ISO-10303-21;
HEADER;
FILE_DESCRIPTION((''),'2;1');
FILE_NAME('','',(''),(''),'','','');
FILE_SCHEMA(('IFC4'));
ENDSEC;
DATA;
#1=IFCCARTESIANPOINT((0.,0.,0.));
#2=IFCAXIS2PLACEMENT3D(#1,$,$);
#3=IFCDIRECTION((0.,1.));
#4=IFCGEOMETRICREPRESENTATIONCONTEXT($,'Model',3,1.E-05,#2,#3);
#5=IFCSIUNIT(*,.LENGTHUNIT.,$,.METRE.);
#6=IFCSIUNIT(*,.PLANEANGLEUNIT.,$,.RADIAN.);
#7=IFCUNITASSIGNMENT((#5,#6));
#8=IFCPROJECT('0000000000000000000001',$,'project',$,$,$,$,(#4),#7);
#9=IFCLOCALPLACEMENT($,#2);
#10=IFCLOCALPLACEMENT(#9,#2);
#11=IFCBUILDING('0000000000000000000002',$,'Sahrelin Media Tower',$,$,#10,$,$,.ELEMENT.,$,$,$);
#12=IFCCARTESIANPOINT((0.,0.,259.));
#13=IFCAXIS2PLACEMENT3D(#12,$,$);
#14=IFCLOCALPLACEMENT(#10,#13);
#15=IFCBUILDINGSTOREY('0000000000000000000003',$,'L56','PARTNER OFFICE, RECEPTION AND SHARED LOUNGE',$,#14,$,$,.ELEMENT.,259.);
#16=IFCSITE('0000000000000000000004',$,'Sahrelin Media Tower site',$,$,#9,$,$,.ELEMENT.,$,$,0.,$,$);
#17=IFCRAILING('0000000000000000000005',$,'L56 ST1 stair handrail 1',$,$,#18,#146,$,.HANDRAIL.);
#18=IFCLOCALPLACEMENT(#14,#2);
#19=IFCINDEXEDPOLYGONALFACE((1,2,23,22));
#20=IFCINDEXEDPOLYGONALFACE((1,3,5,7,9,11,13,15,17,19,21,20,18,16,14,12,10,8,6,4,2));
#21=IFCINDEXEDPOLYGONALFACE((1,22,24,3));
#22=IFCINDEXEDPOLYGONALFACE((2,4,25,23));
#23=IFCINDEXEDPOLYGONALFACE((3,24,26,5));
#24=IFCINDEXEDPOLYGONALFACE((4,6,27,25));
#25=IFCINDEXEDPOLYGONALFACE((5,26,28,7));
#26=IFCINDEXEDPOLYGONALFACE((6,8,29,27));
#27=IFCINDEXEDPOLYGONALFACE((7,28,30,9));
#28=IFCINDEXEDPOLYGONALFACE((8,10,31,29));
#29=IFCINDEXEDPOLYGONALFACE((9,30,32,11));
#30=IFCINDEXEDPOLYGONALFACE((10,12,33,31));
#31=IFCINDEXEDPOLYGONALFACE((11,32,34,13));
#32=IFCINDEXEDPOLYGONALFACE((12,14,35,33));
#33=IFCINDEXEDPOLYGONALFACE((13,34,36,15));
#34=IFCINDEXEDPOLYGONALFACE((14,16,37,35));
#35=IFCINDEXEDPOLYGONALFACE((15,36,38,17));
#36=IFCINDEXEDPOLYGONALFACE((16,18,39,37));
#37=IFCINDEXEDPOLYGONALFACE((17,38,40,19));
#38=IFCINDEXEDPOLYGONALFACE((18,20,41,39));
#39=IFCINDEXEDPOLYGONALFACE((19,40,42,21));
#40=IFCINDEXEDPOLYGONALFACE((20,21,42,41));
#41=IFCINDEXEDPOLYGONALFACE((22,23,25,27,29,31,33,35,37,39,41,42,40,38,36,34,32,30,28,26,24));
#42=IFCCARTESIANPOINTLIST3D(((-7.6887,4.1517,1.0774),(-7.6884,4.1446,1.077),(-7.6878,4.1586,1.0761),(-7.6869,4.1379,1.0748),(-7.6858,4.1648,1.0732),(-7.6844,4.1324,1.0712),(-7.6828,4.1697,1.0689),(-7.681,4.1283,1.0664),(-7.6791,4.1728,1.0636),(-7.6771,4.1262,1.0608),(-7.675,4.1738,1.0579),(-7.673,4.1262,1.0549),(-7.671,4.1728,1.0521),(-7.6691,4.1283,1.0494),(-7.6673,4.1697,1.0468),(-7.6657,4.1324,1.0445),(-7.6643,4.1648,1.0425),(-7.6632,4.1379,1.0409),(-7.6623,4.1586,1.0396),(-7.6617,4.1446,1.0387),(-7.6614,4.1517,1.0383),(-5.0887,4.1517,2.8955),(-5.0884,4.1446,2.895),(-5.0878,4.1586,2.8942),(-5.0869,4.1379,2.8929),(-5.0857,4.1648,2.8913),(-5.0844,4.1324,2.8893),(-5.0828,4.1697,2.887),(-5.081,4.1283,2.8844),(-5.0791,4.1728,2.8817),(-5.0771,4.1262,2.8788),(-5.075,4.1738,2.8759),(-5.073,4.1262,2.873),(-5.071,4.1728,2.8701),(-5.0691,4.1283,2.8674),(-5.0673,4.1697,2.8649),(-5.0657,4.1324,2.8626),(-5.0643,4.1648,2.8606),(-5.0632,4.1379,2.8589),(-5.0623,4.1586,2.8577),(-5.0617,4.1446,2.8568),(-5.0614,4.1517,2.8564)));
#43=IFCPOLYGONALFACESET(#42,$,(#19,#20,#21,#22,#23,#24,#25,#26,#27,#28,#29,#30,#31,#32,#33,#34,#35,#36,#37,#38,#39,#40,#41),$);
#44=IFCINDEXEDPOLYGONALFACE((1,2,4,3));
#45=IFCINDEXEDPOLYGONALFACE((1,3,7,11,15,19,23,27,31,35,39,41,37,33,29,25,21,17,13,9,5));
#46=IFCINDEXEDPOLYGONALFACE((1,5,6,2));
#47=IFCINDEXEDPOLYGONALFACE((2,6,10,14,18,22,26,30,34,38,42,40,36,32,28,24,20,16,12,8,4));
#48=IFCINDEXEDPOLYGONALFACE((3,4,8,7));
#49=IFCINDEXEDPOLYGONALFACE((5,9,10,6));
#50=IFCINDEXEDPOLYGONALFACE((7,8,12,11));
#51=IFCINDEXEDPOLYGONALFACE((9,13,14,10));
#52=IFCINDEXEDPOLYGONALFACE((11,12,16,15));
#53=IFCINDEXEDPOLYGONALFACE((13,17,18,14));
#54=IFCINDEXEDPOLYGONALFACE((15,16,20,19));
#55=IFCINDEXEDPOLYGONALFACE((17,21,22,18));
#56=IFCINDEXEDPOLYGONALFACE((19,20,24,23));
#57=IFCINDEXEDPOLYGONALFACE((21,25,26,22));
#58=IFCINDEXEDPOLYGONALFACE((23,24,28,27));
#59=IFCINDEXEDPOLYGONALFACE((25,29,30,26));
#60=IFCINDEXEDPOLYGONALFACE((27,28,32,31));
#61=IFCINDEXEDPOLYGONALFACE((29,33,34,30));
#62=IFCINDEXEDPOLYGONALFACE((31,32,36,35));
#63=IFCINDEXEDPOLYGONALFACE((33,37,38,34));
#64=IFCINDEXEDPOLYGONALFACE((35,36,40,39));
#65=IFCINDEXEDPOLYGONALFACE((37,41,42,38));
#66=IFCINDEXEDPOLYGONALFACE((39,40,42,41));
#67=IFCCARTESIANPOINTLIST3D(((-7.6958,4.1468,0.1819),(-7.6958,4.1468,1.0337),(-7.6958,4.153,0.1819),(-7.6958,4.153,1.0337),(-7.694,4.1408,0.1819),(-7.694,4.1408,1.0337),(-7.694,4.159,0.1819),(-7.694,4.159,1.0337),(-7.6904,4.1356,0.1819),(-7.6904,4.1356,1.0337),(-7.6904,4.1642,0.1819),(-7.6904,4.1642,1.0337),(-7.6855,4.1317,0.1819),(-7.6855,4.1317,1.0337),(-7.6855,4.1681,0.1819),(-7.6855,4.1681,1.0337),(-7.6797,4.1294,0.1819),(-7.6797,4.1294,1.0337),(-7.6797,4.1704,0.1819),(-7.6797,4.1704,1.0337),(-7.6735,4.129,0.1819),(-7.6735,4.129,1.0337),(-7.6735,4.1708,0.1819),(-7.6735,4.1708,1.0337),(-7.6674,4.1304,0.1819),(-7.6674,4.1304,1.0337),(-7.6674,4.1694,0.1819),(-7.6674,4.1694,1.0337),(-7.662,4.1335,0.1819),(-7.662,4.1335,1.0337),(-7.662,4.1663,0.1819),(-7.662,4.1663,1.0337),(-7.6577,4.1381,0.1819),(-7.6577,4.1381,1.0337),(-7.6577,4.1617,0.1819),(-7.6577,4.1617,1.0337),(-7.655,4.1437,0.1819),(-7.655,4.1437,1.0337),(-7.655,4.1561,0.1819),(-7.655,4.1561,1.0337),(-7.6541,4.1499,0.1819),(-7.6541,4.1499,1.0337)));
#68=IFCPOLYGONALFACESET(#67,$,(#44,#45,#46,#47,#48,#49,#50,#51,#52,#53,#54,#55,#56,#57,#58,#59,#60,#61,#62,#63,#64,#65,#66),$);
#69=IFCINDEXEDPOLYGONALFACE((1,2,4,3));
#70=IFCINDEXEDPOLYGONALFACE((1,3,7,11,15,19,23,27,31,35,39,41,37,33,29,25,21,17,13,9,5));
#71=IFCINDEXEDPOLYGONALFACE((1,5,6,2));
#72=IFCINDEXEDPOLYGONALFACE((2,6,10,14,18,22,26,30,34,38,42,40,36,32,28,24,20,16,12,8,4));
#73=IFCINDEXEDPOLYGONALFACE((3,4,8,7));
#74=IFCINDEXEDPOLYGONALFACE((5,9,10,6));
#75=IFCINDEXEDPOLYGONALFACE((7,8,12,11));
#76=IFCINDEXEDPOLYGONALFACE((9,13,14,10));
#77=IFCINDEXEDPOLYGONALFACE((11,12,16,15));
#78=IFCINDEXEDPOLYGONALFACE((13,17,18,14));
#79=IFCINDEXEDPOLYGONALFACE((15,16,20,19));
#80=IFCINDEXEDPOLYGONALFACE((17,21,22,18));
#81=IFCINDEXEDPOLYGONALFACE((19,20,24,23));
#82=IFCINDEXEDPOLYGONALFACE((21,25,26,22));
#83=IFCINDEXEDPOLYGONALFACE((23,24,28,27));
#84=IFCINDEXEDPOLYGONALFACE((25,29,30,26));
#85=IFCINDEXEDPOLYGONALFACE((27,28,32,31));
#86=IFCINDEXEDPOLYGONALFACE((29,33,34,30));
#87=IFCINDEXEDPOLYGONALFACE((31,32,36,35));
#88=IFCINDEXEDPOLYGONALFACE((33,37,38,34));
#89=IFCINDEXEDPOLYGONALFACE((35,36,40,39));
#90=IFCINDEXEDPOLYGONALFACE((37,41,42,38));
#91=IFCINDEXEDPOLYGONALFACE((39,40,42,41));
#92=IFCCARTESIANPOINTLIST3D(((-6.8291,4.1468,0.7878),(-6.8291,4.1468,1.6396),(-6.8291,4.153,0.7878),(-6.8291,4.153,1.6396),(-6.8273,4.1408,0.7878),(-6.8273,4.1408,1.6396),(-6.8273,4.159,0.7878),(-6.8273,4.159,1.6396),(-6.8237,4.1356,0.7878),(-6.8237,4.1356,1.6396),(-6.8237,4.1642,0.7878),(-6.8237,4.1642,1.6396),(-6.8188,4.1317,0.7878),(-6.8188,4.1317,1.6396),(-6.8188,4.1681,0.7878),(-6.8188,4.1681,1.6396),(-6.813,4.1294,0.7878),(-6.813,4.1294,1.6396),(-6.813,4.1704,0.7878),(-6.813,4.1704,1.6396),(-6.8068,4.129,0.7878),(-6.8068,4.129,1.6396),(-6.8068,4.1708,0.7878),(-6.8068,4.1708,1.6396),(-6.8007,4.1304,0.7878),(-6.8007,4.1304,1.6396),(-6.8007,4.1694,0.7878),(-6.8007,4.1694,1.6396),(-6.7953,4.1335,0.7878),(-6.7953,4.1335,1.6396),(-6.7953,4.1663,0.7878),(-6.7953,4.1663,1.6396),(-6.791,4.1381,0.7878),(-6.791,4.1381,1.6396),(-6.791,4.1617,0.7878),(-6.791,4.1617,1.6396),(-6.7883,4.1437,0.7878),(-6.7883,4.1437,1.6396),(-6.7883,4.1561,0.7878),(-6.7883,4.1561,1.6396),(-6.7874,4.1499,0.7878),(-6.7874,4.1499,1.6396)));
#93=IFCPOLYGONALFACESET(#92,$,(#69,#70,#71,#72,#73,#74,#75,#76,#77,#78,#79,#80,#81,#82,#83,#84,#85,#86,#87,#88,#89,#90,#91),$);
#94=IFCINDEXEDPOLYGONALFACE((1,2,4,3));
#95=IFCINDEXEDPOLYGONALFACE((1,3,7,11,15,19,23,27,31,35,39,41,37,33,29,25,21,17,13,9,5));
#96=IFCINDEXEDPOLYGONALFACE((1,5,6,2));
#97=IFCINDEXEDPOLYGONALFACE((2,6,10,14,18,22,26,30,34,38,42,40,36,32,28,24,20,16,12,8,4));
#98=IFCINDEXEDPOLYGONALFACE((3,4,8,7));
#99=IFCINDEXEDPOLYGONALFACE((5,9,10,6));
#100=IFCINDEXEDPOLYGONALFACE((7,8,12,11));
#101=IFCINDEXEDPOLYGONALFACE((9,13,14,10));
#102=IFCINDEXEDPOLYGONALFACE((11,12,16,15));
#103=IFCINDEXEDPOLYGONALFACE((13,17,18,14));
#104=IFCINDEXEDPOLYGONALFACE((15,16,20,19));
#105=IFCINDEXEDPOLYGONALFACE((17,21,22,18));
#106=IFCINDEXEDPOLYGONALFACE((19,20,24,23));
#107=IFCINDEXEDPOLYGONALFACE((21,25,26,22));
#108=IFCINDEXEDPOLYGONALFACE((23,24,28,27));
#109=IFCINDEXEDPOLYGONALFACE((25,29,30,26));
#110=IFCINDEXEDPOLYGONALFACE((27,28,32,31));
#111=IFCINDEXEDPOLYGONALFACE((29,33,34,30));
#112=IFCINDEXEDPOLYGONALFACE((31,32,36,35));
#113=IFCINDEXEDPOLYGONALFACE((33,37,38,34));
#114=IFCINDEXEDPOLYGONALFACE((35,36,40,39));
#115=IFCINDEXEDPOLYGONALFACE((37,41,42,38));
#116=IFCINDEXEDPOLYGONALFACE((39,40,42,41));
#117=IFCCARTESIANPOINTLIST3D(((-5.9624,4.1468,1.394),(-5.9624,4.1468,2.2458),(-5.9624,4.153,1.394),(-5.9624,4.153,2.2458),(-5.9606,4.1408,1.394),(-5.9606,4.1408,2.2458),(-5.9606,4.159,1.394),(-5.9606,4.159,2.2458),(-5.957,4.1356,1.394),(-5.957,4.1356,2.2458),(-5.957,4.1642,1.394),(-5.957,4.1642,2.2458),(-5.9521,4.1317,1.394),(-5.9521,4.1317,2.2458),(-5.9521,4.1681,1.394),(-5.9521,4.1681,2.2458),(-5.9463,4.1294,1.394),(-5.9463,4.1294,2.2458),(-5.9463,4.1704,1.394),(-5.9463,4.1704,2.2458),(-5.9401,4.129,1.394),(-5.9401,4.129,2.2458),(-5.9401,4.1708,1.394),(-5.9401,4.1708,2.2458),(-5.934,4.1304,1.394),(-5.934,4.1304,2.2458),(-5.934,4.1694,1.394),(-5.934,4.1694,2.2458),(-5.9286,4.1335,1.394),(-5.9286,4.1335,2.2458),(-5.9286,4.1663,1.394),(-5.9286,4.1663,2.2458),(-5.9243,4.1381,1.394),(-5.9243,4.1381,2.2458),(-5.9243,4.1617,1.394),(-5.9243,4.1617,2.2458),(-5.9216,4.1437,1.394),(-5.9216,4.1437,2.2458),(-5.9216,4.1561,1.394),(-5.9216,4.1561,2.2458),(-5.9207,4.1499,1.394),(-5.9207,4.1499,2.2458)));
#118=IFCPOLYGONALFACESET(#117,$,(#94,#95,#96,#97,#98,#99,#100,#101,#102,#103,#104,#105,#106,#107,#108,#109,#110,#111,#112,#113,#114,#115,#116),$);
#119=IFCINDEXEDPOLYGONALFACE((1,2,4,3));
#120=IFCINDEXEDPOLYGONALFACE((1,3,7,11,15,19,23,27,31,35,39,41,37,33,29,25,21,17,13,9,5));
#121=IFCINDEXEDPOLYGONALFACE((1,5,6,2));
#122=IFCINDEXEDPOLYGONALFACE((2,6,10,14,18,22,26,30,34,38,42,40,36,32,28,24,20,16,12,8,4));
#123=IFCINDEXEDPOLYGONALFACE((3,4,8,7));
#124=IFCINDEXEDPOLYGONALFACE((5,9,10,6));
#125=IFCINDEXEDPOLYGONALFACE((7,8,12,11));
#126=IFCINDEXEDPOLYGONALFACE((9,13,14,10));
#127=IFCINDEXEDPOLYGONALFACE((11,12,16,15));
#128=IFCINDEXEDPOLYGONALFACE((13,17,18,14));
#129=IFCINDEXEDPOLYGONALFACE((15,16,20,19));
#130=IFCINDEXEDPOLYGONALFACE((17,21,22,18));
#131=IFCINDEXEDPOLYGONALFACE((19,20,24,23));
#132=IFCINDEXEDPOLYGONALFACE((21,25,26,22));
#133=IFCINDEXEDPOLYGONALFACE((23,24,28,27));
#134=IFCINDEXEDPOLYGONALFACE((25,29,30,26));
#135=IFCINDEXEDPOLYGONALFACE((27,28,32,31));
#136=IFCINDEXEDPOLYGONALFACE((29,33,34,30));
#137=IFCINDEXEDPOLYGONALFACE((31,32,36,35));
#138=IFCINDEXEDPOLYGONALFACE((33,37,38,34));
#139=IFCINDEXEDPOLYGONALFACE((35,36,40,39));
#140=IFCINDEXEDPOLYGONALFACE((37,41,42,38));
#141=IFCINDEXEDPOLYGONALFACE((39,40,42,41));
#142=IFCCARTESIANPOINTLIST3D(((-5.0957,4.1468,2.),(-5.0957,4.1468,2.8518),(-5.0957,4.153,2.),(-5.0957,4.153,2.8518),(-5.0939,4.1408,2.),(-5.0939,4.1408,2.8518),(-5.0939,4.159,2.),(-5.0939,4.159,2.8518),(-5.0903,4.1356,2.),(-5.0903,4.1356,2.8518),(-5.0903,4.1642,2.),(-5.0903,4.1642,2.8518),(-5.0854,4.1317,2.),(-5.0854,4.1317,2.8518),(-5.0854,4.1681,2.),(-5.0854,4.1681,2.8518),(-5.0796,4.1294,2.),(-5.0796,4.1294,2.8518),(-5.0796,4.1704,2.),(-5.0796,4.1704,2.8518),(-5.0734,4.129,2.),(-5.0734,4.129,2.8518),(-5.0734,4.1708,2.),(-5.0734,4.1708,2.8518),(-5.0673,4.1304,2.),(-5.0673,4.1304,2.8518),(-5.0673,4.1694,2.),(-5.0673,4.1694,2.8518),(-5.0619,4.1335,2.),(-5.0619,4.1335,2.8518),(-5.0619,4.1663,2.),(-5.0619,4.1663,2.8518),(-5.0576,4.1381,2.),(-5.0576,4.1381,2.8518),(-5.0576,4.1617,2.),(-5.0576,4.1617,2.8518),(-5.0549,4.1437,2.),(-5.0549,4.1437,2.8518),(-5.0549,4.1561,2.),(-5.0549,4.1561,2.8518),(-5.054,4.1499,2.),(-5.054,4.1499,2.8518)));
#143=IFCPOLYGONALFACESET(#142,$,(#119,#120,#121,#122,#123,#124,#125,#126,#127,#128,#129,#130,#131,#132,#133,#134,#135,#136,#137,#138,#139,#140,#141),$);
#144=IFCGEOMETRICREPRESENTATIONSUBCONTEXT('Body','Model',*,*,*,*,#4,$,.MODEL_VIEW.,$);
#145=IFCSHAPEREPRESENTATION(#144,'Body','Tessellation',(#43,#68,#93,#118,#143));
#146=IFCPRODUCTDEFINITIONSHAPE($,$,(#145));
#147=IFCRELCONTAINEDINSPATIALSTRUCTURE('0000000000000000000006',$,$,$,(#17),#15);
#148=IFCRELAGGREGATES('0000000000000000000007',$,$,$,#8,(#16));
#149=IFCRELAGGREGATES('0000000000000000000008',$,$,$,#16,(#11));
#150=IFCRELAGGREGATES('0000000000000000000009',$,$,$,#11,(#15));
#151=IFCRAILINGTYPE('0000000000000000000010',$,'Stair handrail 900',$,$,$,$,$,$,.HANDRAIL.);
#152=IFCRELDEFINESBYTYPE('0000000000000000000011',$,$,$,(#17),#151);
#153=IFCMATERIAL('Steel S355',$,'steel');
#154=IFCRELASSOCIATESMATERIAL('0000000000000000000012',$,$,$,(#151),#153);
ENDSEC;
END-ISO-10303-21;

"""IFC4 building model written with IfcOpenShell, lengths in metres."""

from ifc_helpers import new_model, si_unit, direction, frame, origin, origin_2d, place, context, subcontext, project, spatial, circle, extrude, material, type_object, element, save


model = new_model("IFC4")

# Units and contexts
model_context = context("Model", 3, precision=1e-05, world=origin(), true_north=direction((0.0, 1.0)))
body_context = subcontext(model_context, "Body", "Model", "MODEL_VIEW")
ifc_project = project(units=[si_unit("LENGTHUNIT", "METRE"), si_unit("PLANEANGLEUNIT", "RADIAN")], contexts=[model_context])

# Site, building, storey
site_placement = place(None, origin())
site = spatial("IfcSite", under=ifc_project, at=site_placement, Name="Sahrelin Media Tower site", CompositionType="ELEMENT", RefElevation=0.0)
building_placement = place(site_placement, origin())
building = spatial("IfcBuilding", under=site, at=building_placement, Name="Sahrelin Media Tower", CompositionType="ELEMENT")
storey_placement = place(building_placement, frame((0.0, 0.0, 259.0)))
storey = spatial("IfcBuildingStorey", under=building, at=storey_placement, Name="L56", Description="PARTNER OFFICE, RECEPTION AND SHARED LOUNGE", CompositionType="ELEMENT", Elevation=259.0)

# Shared definitions
ifc_material_1 = material(Name="Steel S355", Category="steel")

# Railing
railing_type_1 = type_object("IfcRailingType", Name="Stair handrail 900", PredefinedType="HANDRAIL", material=ifc_material_1)
railing_1_placement = place(storey_placement, frame((-7.675, 4.1499, 0.1819)))
element("IfcRailing", 1, at=railing_1_placement, inside=storey, type_object=railing_type_1, Name="L56 ST1 stair handrail 1", PredefinedType="HANDRAIL", context=body_context, shape_type="SweptSolid", body=[
    extrude(circle(Radius=0.0239, at=origin_2d()), frame((0.0, 0.0, 0.876), z_axis=(0.819521, 0.0, 0.573049), x_axis=(0.0, 1.0, 0.0)), (0.0, 0.0, 1.0), 3.1726),
    extrude(circle(Radius=0.021, at=origin_2d()), origin(), (0.0, 0.0, 1.0), 0.8518),
    extrude(circle(Radius=0.021, at=origin_2d()), frame((0.8667, 0.0, 0.606)), (0.0, 0.0, 1.0), 0.8518),
    extrude(circle(Radius=0.021, at=origin_2d()), frame((1.7334, 0.0, 1.2122)), (0.0, 0.0, 1.0), 0.8518),
    extrude(circle(Radius=0.021, at=origin_2d()), frame((2.6001, 0.0, 1.8181)), (0.0, 0.0, 1.0), 0.8518),
])

save(model, "model.ifc")
